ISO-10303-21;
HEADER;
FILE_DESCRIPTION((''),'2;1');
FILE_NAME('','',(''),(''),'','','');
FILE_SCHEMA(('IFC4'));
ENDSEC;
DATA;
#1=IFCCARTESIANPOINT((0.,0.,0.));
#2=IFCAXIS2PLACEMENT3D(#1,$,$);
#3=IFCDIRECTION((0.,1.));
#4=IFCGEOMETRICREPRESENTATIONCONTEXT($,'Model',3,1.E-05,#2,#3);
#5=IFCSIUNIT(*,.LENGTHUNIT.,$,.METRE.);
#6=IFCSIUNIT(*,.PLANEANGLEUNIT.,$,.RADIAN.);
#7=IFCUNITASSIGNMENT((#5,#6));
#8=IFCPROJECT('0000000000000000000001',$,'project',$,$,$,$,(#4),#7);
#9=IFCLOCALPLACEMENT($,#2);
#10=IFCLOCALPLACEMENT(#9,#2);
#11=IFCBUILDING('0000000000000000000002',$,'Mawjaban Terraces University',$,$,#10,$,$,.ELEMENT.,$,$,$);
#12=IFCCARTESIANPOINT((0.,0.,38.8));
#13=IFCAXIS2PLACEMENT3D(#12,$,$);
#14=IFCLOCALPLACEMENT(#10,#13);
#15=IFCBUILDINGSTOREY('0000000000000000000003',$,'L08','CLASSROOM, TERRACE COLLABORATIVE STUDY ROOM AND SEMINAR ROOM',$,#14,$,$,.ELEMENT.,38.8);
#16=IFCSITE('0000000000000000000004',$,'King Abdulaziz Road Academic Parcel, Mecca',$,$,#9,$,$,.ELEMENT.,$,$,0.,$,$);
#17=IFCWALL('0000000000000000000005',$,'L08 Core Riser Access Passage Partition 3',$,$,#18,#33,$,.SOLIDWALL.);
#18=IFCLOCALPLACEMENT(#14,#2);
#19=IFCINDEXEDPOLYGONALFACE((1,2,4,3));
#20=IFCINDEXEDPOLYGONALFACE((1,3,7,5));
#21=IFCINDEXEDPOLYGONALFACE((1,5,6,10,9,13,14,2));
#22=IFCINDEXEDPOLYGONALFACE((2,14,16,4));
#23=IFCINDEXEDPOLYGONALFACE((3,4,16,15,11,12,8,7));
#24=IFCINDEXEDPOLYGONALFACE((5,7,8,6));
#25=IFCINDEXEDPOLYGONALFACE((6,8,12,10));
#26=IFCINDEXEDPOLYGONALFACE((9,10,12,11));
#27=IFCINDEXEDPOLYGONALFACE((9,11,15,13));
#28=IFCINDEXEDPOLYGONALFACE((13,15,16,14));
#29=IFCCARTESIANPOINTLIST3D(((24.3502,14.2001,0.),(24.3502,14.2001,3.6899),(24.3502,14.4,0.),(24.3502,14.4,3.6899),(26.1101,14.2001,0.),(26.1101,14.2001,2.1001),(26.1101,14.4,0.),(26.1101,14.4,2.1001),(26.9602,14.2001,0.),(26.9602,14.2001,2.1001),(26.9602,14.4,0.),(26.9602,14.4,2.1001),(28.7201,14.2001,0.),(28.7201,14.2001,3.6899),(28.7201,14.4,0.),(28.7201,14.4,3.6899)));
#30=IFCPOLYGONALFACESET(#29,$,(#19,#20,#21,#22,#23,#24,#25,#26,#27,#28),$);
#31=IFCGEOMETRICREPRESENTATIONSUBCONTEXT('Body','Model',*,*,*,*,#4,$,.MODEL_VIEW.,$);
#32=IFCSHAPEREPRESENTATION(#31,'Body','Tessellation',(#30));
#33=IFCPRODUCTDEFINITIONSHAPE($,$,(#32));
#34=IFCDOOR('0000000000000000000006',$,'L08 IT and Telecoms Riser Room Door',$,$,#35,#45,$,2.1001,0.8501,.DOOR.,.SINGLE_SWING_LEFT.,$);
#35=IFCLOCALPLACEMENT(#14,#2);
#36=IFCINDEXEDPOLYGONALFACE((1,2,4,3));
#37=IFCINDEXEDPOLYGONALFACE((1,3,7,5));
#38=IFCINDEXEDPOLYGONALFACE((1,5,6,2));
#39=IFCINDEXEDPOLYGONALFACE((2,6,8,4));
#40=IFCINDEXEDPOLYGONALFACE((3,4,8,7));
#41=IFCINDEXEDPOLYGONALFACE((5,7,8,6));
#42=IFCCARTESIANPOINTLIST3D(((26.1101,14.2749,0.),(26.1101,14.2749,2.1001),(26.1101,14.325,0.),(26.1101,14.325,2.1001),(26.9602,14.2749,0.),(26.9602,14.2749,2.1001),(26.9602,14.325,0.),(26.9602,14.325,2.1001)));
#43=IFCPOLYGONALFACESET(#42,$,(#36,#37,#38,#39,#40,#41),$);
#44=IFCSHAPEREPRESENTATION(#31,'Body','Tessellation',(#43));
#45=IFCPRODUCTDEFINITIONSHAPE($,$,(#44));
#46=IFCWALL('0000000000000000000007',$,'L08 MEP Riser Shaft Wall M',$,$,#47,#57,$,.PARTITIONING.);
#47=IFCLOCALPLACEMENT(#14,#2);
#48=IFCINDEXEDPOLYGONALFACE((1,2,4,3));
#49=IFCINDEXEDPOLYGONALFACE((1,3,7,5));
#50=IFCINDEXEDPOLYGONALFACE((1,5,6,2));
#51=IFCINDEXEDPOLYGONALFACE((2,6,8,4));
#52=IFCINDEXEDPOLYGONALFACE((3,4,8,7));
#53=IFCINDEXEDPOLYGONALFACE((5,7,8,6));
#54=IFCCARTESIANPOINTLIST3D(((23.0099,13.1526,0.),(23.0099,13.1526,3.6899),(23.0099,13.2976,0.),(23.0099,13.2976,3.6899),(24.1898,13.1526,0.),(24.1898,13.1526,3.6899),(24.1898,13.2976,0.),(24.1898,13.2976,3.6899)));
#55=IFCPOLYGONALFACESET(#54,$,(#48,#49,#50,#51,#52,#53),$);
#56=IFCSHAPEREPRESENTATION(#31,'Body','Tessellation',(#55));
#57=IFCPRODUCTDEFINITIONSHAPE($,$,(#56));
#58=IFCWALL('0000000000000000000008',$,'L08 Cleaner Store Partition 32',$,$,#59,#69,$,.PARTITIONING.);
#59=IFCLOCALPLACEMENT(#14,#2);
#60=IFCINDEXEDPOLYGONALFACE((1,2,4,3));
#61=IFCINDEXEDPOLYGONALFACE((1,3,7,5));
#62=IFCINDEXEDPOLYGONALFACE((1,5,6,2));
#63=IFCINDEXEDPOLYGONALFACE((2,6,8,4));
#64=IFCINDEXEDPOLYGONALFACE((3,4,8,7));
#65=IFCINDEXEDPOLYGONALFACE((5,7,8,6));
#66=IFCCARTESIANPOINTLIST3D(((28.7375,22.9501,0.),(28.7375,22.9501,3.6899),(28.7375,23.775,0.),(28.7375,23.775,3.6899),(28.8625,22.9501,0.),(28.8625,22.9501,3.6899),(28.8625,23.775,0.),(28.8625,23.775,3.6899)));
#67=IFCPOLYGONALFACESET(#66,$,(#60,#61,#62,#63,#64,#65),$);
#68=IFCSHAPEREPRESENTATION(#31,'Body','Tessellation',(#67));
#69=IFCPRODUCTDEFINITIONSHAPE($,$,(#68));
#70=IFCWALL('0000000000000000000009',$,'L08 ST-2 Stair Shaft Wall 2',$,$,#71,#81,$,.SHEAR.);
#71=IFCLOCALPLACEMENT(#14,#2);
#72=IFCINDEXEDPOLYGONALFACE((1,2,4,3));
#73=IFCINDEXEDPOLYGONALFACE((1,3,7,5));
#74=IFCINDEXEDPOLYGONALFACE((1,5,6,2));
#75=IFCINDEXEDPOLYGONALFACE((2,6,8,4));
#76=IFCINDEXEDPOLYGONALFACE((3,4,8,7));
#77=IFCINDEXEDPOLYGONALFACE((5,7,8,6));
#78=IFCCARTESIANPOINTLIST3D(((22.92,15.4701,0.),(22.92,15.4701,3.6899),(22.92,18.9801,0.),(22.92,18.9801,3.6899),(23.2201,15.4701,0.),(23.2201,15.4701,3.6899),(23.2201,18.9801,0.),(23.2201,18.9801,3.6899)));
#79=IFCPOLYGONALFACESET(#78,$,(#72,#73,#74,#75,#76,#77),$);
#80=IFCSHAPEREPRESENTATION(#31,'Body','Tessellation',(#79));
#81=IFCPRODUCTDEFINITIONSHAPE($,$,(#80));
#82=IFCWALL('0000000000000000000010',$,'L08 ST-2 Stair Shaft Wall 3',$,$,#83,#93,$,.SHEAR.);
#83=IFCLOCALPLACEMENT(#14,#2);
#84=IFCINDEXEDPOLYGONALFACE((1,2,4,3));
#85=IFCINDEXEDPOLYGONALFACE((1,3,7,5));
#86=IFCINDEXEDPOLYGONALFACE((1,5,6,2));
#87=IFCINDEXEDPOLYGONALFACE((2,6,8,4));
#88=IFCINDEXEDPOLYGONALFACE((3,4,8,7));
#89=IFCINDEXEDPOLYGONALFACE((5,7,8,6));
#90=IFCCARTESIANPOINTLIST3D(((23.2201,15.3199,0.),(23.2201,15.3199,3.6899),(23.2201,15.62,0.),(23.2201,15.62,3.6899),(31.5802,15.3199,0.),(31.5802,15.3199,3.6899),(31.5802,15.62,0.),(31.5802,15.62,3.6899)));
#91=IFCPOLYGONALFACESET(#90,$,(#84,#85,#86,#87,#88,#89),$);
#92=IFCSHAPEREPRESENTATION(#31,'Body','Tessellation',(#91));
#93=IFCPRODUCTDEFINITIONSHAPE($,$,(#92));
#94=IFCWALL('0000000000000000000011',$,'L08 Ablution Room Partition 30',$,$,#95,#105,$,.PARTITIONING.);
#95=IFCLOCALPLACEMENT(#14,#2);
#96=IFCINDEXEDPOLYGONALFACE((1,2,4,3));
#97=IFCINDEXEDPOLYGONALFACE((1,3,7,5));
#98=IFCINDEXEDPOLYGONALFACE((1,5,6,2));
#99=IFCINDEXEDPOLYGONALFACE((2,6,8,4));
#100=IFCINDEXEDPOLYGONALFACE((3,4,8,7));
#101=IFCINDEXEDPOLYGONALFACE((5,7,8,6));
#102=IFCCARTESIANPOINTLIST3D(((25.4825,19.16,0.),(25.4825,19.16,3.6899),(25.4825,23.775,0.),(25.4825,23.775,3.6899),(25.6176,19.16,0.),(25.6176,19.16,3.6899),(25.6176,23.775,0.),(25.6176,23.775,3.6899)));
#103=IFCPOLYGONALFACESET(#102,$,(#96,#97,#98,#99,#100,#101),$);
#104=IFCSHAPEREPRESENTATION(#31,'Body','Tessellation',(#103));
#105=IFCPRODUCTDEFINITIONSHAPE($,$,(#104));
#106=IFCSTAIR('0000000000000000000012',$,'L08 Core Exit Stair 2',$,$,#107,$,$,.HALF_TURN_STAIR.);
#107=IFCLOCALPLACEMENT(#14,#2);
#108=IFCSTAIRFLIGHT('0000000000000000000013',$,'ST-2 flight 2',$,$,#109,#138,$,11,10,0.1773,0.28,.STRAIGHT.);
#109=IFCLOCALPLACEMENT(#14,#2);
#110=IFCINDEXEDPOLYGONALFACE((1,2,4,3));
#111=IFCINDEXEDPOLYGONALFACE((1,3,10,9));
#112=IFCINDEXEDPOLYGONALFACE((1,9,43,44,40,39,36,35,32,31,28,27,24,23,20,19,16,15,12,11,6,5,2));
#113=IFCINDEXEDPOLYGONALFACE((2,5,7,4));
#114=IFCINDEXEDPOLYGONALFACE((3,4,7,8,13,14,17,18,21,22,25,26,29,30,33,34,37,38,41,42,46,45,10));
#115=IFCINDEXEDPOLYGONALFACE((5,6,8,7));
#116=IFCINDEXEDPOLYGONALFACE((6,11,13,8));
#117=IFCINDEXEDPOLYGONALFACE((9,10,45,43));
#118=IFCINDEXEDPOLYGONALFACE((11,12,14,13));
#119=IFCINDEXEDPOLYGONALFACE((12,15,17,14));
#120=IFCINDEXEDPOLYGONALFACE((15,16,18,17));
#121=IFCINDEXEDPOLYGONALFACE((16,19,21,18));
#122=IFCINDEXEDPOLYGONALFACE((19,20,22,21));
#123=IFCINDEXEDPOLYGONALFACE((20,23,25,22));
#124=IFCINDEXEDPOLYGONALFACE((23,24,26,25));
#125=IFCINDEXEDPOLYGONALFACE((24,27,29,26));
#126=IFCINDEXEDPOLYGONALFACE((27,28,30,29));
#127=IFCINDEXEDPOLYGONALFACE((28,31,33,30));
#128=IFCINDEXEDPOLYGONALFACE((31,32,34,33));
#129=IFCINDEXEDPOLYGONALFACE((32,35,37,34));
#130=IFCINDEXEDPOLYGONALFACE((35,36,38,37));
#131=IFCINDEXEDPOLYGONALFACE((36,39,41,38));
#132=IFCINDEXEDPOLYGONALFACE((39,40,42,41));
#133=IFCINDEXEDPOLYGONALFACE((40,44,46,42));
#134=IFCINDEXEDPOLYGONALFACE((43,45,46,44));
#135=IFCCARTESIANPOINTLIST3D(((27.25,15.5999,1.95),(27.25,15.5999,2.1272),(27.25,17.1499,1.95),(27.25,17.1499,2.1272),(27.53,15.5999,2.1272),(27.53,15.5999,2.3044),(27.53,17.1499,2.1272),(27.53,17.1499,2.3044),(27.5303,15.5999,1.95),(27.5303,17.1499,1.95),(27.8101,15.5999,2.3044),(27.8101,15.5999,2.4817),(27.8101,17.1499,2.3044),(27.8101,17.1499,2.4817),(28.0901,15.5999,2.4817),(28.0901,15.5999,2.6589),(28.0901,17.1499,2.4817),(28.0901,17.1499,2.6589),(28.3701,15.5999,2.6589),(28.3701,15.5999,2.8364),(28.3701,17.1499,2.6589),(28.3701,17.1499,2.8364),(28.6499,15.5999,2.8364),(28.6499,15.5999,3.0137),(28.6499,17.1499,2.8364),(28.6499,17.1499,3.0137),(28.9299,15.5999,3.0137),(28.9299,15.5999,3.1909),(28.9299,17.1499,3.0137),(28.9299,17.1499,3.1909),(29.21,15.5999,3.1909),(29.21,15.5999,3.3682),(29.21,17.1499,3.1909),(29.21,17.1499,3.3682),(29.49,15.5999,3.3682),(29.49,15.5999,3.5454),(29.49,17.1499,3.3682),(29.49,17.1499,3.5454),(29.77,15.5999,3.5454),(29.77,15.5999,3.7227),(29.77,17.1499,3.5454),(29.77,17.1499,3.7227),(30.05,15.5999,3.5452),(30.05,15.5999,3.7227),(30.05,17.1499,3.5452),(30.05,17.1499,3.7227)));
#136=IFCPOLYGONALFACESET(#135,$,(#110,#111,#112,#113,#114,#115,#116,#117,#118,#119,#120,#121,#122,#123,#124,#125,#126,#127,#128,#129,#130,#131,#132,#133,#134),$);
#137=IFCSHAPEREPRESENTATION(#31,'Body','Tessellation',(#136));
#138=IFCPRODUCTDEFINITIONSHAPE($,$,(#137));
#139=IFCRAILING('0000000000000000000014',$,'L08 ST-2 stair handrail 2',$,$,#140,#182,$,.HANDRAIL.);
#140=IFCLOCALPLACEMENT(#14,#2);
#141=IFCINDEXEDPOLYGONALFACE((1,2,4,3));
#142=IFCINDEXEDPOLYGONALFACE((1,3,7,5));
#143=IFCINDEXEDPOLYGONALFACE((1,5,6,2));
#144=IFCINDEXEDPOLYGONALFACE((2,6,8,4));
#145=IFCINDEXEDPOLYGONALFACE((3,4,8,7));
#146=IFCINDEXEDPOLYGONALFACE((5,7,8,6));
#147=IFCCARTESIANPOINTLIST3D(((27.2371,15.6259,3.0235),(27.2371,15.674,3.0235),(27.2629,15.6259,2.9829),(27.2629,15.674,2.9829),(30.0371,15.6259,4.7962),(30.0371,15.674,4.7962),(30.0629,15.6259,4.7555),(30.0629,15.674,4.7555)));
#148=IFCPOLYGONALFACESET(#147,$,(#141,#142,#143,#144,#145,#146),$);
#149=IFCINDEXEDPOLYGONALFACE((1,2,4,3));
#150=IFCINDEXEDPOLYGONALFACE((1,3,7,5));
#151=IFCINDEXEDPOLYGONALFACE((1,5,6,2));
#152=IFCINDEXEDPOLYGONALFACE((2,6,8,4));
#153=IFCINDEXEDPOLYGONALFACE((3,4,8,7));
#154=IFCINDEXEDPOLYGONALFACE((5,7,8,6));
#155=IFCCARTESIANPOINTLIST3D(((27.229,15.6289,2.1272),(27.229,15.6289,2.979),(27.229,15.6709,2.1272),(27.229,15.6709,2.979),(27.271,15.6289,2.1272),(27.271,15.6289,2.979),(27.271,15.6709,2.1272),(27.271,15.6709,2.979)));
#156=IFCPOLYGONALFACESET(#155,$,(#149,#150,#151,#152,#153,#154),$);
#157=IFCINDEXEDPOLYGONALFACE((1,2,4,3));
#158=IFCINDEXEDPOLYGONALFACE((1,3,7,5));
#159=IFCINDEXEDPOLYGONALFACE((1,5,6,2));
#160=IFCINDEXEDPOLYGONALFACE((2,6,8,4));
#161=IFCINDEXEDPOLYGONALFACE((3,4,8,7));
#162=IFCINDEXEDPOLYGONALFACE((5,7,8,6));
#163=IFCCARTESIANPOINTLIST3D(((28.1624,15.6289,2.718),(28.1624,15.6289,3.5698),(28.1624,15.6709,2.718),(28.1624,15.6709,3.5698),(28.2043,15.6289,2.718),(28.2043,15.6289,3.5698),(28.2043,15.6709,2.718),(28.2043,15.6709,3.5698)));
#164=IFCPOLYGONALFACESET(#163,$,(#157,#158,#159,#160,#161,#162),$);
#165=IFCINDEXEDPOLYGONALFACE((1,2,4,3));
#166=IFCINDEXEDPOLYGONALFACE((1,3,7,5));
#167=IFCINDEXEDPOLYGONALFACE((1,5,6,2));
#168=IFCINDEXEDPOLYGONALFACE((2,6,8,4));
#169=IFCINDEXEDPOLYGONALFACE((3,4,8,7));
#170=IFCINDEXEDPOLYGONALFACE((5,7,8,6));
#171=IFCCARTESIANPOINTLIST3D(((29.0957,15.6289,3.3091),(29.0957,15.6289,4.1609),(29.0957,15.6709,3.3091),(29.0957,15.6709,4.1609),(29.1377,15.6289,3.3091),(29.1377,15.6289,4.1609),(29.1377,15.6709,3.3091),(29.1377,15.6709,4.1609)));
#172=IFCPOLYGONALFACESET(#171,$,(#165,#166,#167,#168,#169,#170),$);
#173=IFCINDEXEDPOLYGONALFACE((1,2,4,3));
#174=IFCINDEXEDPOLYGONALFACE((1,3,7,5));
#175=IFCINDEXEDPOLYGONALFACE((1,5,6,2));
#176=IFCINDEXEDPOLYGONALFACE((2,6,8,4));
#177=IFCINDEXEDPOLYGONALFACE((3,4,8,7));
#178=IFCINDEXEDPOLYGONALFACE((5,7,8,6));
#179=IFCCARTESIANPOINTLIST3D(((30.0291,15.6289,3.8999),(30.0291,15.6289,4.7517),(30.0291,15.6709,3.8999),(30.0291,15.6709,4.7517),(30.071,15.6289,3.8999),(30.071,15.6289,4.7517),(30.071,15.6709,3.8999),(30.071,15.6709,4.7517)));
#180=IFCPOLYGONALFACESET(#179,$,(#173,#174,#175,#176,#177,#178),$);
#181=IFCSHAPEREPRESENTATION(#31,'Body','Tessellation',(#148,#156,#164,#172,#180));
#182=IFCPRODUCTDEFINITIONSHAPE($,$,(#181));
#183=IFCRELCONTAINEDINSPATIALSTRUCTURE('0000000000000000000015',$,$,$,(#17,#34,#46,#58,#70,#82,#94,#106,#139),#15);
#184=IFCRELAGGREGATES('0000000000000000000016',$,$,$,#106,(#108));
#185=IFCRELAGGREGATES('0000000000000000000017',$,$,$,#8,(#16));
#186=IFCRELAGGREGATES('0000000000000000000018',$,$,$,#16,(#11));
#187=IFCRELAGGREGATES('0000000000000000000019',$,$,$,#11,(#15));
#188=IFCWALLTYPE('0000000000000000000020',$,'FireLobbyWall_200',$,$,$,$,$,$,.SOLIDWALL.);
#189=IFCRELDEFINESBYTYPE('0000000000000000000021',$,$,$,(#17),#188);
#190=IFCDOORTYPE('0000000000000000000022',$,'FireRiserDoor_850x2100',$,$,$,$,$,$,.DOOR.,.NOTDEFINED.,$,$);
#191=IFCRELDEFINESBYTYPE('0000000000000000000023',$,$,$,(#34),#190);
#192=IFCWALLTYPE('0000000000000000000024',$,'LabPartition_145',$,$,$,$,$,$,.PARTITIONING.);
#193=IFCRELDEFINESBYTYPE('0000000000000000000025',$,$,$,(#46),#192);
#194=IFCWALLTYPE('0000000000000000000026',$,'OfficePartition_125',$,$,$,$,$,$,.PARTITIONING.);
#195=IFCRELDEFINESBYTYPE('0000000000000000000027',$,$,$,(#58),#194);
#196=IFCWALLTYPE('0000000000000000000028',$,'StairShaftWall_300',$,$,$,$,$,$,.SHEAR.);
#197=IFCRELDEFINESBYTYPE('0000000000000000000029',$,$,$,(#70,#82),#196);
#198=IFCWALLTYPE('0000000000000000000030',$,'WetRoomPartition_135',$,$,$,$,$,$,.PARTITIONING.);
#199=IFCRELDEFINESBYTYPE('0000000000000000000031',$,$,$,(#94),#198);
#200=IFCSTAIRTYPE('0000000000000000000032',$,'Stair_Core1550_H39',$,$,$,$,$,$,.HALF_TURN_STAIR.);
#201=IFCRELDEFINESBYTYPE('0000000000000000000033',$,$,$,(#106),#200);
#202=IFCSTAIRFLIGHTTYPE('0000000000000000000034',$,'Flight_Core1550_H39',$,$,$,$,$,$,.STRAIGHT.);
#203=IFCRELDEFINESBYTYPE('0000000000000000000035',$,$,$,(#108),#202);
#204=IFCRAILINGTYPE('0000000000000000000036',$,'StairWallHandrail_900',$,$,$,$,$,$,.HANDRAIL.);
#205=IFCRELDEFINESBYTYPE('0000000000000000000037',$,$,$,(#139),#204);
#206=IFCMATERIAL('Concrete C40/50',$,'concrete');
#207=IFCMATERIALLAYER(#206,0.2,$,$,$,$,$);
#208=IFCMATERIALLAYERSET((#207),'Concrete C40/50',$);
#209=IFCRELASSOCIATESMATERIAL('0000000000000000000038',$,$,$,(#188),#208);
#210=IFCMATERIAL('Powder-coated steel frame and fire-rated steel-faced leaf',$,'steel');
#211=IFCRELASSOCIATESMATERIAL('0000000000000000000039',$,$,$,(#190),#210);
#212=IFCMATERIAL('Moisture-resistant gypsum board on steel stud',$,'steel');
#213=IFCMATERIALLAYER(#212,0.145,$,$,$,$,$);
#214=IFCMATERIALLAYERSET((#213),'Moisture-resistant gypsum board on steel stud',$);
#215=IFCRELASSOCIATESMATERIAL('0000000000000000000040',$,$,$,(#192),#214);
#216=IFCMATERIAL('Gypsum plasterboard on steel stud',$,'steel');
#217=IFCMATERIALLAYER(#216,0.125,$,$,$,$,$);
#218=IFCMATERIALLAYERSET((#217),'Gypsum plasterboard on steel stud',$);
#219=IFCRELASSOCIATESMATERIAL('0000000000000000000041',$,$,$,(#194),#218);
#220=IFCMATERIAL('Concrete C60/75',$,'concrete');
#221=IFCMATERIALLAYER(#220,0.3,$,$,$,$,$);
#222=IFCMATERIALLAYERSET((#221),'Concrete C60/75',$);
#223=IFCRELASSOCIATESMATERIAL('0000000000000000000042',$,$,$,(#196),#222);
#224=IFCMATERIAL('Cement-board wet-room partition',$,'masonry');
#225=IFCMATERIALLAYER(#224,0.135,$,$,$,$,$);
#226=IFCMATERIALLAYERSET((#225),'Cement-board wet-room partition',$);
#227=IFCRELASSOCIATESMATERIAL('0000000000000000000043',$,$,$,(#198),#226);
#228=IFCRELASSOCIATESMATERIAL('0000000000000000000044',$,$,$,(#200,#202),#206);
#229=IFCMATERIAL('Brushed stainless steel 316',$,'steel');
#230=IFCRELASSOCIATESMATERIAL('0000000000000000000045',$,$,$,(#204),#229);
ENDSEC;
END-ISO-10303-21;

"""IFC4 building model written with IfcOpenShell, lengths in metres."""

from ifc_helpers import new_model, si_unit, direction, frame, frame_2d, origin, origin_2d, place, context, subcontext, project, spatial, polyline, rectangle, outline, extrude, material, layer, layer_set, type_object, element, fill, aggregate, save


model = new_model("IFC4")

# Units and contexts
model_context = context("Model", 3, precision=1e-05, world=origin(), true_north=direction((0.0, 1.0)))
body_context = subcontext(model_context, "Body", "Model", "MODEL_VIEW")
ifc_project = project(units=[si_unit("LENGTHUNIT", "METRE"), si_unit("PLANEANGLEUNIT", "RADIAN")], contexts=[model_context])

# Site, building, storey
site_placement = place(None, origin())
site = spatial("IfcSite", under=ifc_project, at=site_placement, Name="King Abdulaziz Road Academic Parcel, Mecca", CompositionType="ELEMENT", RefElevation=0.0)
building_placement = place(site_placement, origin())
building = spatial("IfcBuilding", under=site, at=building_placement, Name="Mawjaban Terraces University", CompositionType="ELEMENT")
storey_placement = place(building_placement, frame((0.0, 0.0, 38.8)))
storey = spatial("IfcBuildingStorey", under=building, at=storey_placement, Name="L08", Description="CLASSROOM, TERRACE COLLABORATIVE STUDY ROOM AND SEMINAR ROOM", CompositionType="ELEMENT", Elevation=38.8)

# Shared definitions
ifc_material_1 = material(Name="Concrete C40/50", Category="concrete")
ifc_layer_1 = layer(ifc_material_1, 0.2)
ifc_layer_set_1 = layer_set([ifc_layer_1], Name="Concrete C40/50")
wall_type_1 = type_object("IfcWallType", Name="FireLobbyWall_200", PredefinedType="SOLIDWALL", material=ifc_layer_set_1)

# Wall, opening, door
wall_1_placement = place(storey_placement, frame((24.3501, 14.3, 0.0), z_axis=(0.0, 0.0, 1.0), x_axis=(1.0, 0.0, 0.0)))
wall_1 = element("IfcWall", 1, at=wall_1_placement, inside=storey, type_object=wall_type_1, Name="L08 Core Riser Access Passage Partition 3", PredefinedType="SOLIDWALL", context=body_context, shape_type="SweptSolid", body=[
    extrude(rectangle(XDim=4.3699, YDim=0.2, at=frame_2d((2.1851, 0.0))), origin(), (0.0, 0.0, 1.0), 3.6899),
])
opening_placement = place(wall_1_placement, frame((1.76, 0.0, 0.0)))
opening = element("IfcOpeningElement", 2, at=opening_placement, cuts=wall_1, PredefinedType="OPENING", context=body_context, shape_type="SweptSolid", body=[
    extrude(rectangle(XDim=0.8501, YDim=2.1001, at=frame_2d((0.425, 1.05))), frame((0.0, 0.1099, 0.0), z_axis=(0.0, -1.0, 0.0), x_axis=(1.0, 0.0, 0.0)), (0.0, 0.0, 1.0), 0.22),
])
ifc_material_2 = material(Name="Powder-coated steel frame and fire-rated steel-faced leaf", Category="steel")
door_type = type_object("IfcDoorType", Name="FireRiserDoor_850x2100", OperationType="NOTDEFINED", PredefinedType="DOOR", material=ifc_material_2)
door_placement = place(opening_placement, origin())
door = element("IfcDoor", 3, at=door_placement, inside=storey, type_object=door_type, Name="L08 IT and Telecoms Riser Room Door", OperationType="SINGLE_SWING_LEFT", OverallHeight=2.1001, OverallWidth=0.8501, PredefinedType="DOOR", context=body_context, shape_type="SweptSolid", body=[
    extrude(rectangle(XDim=0.8501, YDim=2.1001, at=frame_2d((0.425, 1.05))), frame((0.0, 0.0249, 0.0), z_axis=(0.0, -1.0, 0.0), x_axis=(1.0, 0.0, 0.0)), (0.0, 0.0, 1.0), 0.05),
])
fill(opening, door)

# Walls
ifc_material_3 = material(Name="Moisture-resistant gypsum board on steel stud", Category="steel")
ifc_layer_2 = layer(ifc_material_3, 0.145)
ifc_layer_set_2 = layer_set([ifc_layer_2], Name="Moisture-resistant gypsum board on steel stud")
wall_type_2 = type_object("IfcWallType", Name="LabPartition_145", PredefinedType="PARTITIONING", material=ifc_layer_set_2)
wall_2_placement = place(storey_placement, frame((23.01, 13.2251, 0.0), z_axis=(0.0, 0.0, 1.0), x_axis=(1.0, 0.0, 0.0)))
element("IfcWall", 4, at=wall_2_placement, inside=storey, type_object=wall_type_2, Name="L08 MEP Riser Shaft Wall M", PredefinedType="PARTITIONING", context=body_context, shape_type="SweptSolid", body=[
    extrude(rectangle(XDim=1.1799, YDim=0.145, at=frame_2d((0.5898, 0.0))), origin(), (0.0, 0.0, 1.0), 3.6899),
])
ifc_material_4 = material(Name="Gypsum plasterboard on steel stud", Category="steel")
ifc_layer_3 = layer(ifc_material_4, 0.125)
ifc_layer_set_3 = layer_set([ifc_layer_3], Name="Gypsum plasterboard on steel stud")
wall_type_3 = type_object("IfcWallType", Name="OfficePartition_125", PredefinedType="PARTITIONING", material=ifc_layer_set_3)
wall_3_placement = place(storey_placement, frame((28.8, 22.95, 0.0), z_axis=(0.0, 0.0, 1.0), x_axis=(0.0, 1.0, 0.0)))
element("IfcWall", 5, at=wall_3_placement, inside=storey, type_object=wall_type_3, Name="L08 Cleaner Store Partition 32", PredefinedType="PARTITIONING", context=body_context, shape_type="SweptSolid", body=[
    extrude(rectangle(XDim=0.825, YDim=0.125, at=frame_2d((0.4126, 0.0))), origin(), (0.0, 0.0, 1.0), 3.6899),
])
ifc_material_5 = material(Name="Concrete C60/75", Category="concrete")
ifc_layer_4 = layer(ifc_material_5, 0.3)
ifc_layer_set_4 = layer_set([ifc_layer_4], Name="Concrete C60/75")
wall_type_4 = type_object("IfcWallType", Name="StairShaftWall_300", PredefinedType="SHEAR", material=ifc_layer_set_4)
wall_4_placement = place(storey_placement, frame((23.0701, 18.98, 0.0), z_axis=(0.0, 0.0, 1.0), x_axis=(0.0, -1.0, 0.0)))
element("IfcWall", 6, at=wall_4_placement, inside=storey, type_object=wall_type_4, Name="L08 ST-2 Stair Shaft Wall 2", PredefinedType="SHEAR", context=body_context, shape_type="SweptSolid", body=[
    extrude(rectangle(XDim=3.51, YDim=0.3, at=frame_2d((1.7549, 0.0))), origin(), (0.0, 0.0, 1.0), 3.6899),
])
wall_5_placement = place(storey_placement, frame((23.22, 15.47, 0.0), z_axis=(0.0, 0.0, 1.0), x_axis=(1.0, 0.0, 0.0)))
element("IfcWall", 7, at=wall_5_placement, inside=storey, type_object=wall_type_4, Name="L08 ST-2 Stair Shaft Wall 3", PredefinedType="SHEAR", context=body_context, shape_type="SweptSolid", body=[
    extrude(rectangle(XDim=8.3601, YDim=0.3, at=frame_2d((4.1802, 0.0))), origin(), (0.0, 0.0, 1.0), 3.6899),
])
ifc_material_6 = material(Name="Cement-board wet-room partition", Category="masonry")
ifc_layer_5 = layer(ifc_material_6, 0.135)
ifc_layer_set_5 = layer_set([ifc_layer_5], Name="Cement-board wet-room partition")
wall_type_5 = type_object("IfcWallType", Name="WetRoomPartition_135", PredefinedType="PARTITIONING", material=ifc_layer_set_5)
wall_6_placement = place(storey_placement, frame((25.55, 19.1599, 0.0), z_axis=(0.0, 0.0, 1.0), x_axis=(0.0, 1.0, 0.0)))
element("IfcWall", 8, at=wall_6_placement, inside=storey, type_object=wall_type_5, Name="L08 Ablution Room Partition 30", PredefinedType="PARTITIONING", context=body_context, shape_type="SweptSolid", body=[
    extrude(rectangle(XDim=4.615, YDim=0.135, at=frame_2d((2.3076, 0.0))), origin(), (0.0, 0.0, 1.0), 3.6899),
])

# Stair, stair flight
stair_type = type_object("IfcStairType", Name="Stair_Core1550_H39", PredefinedType="HALF_TURN_STAIR", material=ifc_material_1)
stair_placement = place(storey_placement, origin())
stair = element("IfcStair", 9, at=stair_placement, inside=storey, type_object=stair_type, Name="L08 Core Exit Stair 2", PredefinedType="HALF_TURN_STAIR")
stair_flight_type = type_object("IfcStairFlightType", Name="Flight_Core1550_H39", PredefinedType="STRAIGHT", material=ifc_material_1)
stair_flight_placement = place(storey_placement, frame((27.25, 16.375, 1.95), z_axis=(0.0, 0.0, 1.0), x_axis=(1.0, 0.0, 0.0)))
stair_flight = element("IfcStairFlight", 10, at=stair_flight_placement, type_object=stair_flight_type, Name="ST-2 flight 2", NumberOfRisers=11, NumberOfTreads=10, PredefinedType="STRAIGHT", RiserHeight=0.1773, TreadLength=0.28, context=body_context, shape_type="SweptSolid", body=[
    extrude(outline(polyline([(0.0, 0.0), (0.0, 0.1772), (0.28, 0.1772), (0.28, 0.3545), (0.5601, 0.3545), (0.5601, 0.5317), (0.8401, 0.5317), (0.8401, 0.709), (1.1201, 0.709), (1.1201, 0.8865), (1.3999, 0.8865), (1.3999, 1.0637), (1.6799, 1.0637), (1.6799, 1.241), (1.96, 1.241), (1.96, 1.4182), (2.24, 1.4182), (2.24, 1.5955), (2.52, 1.5955), (2.52, 1.7727), (2.8, 1.7727), (2.8, 1.95), (2.8, 1.5952), (0.2803, 0.0), (0.0, 0.0)])), frame((0.0, 0.7749, 0.0), z_axis=(0.0, -1.0, 0.0), x_axis=(1.0, 0.0, 0.0)), (0.0, 0.0, 1.0), 1.55),
])
aggregate(stair, [stair_flight])

# Railing
ifc_material_7 = material(Name="Brushed stainless steel 316", Category="steel")
railing_type_1 = type_object("IfcRailingType", Name="StairWallHandrail_900", PredefinedType="HANDRAIL", material=ifc_material_7)
railing_1_placement = place(storey_placement, frame((27.25, 15.6499, 2.1272)))
element("IfcRailing", 11, at=railing_1_placement, inside=storey, type_object=railing_type_1, Name="L08 ST-2 stair handrail 2", PredefinedType="HANDRAIL", context=body_context, shape_type="SweptSolid", body=[
    extrude(rectangle(XDim=0.0481, YDim=0.0481, at=origin_2d()), frame((0.0, 0.0, 0.876), z_axis=(0.844909, 0.0, 0.53491), x_axis=(0.0, 1.0, 0.0)), (0.0, 0.0, 1.0), 3.314),
    extrude(rectangle(XDim=0.042, YDim=0.042, at=origin_2d()), origin(), (0.0, 0.0, 1.0), 0.8518),
    extrude(rectangle(XDim=0.042, YDim=0.042, at=origin_2d()), frame((0.9333, 0.0, 0.5908)), (0.0, 0.0, 1.0), 0.8518),
    extrude(rectangle(XDim=0.042, YDim=0.042, at=origin_2d()), frame((1.8667, 0.0, 1.1819)), (0.0, 0.0, 1.0), 0.8518),
    extrude(rectangle(XDim=0.042, YDim=0.042, at=origin_2d()), frame((2.8, 0.0, 1.7727)), (0.0, 0.0, 1.0), 0.8518),
])

save(model, "model.ifc")
